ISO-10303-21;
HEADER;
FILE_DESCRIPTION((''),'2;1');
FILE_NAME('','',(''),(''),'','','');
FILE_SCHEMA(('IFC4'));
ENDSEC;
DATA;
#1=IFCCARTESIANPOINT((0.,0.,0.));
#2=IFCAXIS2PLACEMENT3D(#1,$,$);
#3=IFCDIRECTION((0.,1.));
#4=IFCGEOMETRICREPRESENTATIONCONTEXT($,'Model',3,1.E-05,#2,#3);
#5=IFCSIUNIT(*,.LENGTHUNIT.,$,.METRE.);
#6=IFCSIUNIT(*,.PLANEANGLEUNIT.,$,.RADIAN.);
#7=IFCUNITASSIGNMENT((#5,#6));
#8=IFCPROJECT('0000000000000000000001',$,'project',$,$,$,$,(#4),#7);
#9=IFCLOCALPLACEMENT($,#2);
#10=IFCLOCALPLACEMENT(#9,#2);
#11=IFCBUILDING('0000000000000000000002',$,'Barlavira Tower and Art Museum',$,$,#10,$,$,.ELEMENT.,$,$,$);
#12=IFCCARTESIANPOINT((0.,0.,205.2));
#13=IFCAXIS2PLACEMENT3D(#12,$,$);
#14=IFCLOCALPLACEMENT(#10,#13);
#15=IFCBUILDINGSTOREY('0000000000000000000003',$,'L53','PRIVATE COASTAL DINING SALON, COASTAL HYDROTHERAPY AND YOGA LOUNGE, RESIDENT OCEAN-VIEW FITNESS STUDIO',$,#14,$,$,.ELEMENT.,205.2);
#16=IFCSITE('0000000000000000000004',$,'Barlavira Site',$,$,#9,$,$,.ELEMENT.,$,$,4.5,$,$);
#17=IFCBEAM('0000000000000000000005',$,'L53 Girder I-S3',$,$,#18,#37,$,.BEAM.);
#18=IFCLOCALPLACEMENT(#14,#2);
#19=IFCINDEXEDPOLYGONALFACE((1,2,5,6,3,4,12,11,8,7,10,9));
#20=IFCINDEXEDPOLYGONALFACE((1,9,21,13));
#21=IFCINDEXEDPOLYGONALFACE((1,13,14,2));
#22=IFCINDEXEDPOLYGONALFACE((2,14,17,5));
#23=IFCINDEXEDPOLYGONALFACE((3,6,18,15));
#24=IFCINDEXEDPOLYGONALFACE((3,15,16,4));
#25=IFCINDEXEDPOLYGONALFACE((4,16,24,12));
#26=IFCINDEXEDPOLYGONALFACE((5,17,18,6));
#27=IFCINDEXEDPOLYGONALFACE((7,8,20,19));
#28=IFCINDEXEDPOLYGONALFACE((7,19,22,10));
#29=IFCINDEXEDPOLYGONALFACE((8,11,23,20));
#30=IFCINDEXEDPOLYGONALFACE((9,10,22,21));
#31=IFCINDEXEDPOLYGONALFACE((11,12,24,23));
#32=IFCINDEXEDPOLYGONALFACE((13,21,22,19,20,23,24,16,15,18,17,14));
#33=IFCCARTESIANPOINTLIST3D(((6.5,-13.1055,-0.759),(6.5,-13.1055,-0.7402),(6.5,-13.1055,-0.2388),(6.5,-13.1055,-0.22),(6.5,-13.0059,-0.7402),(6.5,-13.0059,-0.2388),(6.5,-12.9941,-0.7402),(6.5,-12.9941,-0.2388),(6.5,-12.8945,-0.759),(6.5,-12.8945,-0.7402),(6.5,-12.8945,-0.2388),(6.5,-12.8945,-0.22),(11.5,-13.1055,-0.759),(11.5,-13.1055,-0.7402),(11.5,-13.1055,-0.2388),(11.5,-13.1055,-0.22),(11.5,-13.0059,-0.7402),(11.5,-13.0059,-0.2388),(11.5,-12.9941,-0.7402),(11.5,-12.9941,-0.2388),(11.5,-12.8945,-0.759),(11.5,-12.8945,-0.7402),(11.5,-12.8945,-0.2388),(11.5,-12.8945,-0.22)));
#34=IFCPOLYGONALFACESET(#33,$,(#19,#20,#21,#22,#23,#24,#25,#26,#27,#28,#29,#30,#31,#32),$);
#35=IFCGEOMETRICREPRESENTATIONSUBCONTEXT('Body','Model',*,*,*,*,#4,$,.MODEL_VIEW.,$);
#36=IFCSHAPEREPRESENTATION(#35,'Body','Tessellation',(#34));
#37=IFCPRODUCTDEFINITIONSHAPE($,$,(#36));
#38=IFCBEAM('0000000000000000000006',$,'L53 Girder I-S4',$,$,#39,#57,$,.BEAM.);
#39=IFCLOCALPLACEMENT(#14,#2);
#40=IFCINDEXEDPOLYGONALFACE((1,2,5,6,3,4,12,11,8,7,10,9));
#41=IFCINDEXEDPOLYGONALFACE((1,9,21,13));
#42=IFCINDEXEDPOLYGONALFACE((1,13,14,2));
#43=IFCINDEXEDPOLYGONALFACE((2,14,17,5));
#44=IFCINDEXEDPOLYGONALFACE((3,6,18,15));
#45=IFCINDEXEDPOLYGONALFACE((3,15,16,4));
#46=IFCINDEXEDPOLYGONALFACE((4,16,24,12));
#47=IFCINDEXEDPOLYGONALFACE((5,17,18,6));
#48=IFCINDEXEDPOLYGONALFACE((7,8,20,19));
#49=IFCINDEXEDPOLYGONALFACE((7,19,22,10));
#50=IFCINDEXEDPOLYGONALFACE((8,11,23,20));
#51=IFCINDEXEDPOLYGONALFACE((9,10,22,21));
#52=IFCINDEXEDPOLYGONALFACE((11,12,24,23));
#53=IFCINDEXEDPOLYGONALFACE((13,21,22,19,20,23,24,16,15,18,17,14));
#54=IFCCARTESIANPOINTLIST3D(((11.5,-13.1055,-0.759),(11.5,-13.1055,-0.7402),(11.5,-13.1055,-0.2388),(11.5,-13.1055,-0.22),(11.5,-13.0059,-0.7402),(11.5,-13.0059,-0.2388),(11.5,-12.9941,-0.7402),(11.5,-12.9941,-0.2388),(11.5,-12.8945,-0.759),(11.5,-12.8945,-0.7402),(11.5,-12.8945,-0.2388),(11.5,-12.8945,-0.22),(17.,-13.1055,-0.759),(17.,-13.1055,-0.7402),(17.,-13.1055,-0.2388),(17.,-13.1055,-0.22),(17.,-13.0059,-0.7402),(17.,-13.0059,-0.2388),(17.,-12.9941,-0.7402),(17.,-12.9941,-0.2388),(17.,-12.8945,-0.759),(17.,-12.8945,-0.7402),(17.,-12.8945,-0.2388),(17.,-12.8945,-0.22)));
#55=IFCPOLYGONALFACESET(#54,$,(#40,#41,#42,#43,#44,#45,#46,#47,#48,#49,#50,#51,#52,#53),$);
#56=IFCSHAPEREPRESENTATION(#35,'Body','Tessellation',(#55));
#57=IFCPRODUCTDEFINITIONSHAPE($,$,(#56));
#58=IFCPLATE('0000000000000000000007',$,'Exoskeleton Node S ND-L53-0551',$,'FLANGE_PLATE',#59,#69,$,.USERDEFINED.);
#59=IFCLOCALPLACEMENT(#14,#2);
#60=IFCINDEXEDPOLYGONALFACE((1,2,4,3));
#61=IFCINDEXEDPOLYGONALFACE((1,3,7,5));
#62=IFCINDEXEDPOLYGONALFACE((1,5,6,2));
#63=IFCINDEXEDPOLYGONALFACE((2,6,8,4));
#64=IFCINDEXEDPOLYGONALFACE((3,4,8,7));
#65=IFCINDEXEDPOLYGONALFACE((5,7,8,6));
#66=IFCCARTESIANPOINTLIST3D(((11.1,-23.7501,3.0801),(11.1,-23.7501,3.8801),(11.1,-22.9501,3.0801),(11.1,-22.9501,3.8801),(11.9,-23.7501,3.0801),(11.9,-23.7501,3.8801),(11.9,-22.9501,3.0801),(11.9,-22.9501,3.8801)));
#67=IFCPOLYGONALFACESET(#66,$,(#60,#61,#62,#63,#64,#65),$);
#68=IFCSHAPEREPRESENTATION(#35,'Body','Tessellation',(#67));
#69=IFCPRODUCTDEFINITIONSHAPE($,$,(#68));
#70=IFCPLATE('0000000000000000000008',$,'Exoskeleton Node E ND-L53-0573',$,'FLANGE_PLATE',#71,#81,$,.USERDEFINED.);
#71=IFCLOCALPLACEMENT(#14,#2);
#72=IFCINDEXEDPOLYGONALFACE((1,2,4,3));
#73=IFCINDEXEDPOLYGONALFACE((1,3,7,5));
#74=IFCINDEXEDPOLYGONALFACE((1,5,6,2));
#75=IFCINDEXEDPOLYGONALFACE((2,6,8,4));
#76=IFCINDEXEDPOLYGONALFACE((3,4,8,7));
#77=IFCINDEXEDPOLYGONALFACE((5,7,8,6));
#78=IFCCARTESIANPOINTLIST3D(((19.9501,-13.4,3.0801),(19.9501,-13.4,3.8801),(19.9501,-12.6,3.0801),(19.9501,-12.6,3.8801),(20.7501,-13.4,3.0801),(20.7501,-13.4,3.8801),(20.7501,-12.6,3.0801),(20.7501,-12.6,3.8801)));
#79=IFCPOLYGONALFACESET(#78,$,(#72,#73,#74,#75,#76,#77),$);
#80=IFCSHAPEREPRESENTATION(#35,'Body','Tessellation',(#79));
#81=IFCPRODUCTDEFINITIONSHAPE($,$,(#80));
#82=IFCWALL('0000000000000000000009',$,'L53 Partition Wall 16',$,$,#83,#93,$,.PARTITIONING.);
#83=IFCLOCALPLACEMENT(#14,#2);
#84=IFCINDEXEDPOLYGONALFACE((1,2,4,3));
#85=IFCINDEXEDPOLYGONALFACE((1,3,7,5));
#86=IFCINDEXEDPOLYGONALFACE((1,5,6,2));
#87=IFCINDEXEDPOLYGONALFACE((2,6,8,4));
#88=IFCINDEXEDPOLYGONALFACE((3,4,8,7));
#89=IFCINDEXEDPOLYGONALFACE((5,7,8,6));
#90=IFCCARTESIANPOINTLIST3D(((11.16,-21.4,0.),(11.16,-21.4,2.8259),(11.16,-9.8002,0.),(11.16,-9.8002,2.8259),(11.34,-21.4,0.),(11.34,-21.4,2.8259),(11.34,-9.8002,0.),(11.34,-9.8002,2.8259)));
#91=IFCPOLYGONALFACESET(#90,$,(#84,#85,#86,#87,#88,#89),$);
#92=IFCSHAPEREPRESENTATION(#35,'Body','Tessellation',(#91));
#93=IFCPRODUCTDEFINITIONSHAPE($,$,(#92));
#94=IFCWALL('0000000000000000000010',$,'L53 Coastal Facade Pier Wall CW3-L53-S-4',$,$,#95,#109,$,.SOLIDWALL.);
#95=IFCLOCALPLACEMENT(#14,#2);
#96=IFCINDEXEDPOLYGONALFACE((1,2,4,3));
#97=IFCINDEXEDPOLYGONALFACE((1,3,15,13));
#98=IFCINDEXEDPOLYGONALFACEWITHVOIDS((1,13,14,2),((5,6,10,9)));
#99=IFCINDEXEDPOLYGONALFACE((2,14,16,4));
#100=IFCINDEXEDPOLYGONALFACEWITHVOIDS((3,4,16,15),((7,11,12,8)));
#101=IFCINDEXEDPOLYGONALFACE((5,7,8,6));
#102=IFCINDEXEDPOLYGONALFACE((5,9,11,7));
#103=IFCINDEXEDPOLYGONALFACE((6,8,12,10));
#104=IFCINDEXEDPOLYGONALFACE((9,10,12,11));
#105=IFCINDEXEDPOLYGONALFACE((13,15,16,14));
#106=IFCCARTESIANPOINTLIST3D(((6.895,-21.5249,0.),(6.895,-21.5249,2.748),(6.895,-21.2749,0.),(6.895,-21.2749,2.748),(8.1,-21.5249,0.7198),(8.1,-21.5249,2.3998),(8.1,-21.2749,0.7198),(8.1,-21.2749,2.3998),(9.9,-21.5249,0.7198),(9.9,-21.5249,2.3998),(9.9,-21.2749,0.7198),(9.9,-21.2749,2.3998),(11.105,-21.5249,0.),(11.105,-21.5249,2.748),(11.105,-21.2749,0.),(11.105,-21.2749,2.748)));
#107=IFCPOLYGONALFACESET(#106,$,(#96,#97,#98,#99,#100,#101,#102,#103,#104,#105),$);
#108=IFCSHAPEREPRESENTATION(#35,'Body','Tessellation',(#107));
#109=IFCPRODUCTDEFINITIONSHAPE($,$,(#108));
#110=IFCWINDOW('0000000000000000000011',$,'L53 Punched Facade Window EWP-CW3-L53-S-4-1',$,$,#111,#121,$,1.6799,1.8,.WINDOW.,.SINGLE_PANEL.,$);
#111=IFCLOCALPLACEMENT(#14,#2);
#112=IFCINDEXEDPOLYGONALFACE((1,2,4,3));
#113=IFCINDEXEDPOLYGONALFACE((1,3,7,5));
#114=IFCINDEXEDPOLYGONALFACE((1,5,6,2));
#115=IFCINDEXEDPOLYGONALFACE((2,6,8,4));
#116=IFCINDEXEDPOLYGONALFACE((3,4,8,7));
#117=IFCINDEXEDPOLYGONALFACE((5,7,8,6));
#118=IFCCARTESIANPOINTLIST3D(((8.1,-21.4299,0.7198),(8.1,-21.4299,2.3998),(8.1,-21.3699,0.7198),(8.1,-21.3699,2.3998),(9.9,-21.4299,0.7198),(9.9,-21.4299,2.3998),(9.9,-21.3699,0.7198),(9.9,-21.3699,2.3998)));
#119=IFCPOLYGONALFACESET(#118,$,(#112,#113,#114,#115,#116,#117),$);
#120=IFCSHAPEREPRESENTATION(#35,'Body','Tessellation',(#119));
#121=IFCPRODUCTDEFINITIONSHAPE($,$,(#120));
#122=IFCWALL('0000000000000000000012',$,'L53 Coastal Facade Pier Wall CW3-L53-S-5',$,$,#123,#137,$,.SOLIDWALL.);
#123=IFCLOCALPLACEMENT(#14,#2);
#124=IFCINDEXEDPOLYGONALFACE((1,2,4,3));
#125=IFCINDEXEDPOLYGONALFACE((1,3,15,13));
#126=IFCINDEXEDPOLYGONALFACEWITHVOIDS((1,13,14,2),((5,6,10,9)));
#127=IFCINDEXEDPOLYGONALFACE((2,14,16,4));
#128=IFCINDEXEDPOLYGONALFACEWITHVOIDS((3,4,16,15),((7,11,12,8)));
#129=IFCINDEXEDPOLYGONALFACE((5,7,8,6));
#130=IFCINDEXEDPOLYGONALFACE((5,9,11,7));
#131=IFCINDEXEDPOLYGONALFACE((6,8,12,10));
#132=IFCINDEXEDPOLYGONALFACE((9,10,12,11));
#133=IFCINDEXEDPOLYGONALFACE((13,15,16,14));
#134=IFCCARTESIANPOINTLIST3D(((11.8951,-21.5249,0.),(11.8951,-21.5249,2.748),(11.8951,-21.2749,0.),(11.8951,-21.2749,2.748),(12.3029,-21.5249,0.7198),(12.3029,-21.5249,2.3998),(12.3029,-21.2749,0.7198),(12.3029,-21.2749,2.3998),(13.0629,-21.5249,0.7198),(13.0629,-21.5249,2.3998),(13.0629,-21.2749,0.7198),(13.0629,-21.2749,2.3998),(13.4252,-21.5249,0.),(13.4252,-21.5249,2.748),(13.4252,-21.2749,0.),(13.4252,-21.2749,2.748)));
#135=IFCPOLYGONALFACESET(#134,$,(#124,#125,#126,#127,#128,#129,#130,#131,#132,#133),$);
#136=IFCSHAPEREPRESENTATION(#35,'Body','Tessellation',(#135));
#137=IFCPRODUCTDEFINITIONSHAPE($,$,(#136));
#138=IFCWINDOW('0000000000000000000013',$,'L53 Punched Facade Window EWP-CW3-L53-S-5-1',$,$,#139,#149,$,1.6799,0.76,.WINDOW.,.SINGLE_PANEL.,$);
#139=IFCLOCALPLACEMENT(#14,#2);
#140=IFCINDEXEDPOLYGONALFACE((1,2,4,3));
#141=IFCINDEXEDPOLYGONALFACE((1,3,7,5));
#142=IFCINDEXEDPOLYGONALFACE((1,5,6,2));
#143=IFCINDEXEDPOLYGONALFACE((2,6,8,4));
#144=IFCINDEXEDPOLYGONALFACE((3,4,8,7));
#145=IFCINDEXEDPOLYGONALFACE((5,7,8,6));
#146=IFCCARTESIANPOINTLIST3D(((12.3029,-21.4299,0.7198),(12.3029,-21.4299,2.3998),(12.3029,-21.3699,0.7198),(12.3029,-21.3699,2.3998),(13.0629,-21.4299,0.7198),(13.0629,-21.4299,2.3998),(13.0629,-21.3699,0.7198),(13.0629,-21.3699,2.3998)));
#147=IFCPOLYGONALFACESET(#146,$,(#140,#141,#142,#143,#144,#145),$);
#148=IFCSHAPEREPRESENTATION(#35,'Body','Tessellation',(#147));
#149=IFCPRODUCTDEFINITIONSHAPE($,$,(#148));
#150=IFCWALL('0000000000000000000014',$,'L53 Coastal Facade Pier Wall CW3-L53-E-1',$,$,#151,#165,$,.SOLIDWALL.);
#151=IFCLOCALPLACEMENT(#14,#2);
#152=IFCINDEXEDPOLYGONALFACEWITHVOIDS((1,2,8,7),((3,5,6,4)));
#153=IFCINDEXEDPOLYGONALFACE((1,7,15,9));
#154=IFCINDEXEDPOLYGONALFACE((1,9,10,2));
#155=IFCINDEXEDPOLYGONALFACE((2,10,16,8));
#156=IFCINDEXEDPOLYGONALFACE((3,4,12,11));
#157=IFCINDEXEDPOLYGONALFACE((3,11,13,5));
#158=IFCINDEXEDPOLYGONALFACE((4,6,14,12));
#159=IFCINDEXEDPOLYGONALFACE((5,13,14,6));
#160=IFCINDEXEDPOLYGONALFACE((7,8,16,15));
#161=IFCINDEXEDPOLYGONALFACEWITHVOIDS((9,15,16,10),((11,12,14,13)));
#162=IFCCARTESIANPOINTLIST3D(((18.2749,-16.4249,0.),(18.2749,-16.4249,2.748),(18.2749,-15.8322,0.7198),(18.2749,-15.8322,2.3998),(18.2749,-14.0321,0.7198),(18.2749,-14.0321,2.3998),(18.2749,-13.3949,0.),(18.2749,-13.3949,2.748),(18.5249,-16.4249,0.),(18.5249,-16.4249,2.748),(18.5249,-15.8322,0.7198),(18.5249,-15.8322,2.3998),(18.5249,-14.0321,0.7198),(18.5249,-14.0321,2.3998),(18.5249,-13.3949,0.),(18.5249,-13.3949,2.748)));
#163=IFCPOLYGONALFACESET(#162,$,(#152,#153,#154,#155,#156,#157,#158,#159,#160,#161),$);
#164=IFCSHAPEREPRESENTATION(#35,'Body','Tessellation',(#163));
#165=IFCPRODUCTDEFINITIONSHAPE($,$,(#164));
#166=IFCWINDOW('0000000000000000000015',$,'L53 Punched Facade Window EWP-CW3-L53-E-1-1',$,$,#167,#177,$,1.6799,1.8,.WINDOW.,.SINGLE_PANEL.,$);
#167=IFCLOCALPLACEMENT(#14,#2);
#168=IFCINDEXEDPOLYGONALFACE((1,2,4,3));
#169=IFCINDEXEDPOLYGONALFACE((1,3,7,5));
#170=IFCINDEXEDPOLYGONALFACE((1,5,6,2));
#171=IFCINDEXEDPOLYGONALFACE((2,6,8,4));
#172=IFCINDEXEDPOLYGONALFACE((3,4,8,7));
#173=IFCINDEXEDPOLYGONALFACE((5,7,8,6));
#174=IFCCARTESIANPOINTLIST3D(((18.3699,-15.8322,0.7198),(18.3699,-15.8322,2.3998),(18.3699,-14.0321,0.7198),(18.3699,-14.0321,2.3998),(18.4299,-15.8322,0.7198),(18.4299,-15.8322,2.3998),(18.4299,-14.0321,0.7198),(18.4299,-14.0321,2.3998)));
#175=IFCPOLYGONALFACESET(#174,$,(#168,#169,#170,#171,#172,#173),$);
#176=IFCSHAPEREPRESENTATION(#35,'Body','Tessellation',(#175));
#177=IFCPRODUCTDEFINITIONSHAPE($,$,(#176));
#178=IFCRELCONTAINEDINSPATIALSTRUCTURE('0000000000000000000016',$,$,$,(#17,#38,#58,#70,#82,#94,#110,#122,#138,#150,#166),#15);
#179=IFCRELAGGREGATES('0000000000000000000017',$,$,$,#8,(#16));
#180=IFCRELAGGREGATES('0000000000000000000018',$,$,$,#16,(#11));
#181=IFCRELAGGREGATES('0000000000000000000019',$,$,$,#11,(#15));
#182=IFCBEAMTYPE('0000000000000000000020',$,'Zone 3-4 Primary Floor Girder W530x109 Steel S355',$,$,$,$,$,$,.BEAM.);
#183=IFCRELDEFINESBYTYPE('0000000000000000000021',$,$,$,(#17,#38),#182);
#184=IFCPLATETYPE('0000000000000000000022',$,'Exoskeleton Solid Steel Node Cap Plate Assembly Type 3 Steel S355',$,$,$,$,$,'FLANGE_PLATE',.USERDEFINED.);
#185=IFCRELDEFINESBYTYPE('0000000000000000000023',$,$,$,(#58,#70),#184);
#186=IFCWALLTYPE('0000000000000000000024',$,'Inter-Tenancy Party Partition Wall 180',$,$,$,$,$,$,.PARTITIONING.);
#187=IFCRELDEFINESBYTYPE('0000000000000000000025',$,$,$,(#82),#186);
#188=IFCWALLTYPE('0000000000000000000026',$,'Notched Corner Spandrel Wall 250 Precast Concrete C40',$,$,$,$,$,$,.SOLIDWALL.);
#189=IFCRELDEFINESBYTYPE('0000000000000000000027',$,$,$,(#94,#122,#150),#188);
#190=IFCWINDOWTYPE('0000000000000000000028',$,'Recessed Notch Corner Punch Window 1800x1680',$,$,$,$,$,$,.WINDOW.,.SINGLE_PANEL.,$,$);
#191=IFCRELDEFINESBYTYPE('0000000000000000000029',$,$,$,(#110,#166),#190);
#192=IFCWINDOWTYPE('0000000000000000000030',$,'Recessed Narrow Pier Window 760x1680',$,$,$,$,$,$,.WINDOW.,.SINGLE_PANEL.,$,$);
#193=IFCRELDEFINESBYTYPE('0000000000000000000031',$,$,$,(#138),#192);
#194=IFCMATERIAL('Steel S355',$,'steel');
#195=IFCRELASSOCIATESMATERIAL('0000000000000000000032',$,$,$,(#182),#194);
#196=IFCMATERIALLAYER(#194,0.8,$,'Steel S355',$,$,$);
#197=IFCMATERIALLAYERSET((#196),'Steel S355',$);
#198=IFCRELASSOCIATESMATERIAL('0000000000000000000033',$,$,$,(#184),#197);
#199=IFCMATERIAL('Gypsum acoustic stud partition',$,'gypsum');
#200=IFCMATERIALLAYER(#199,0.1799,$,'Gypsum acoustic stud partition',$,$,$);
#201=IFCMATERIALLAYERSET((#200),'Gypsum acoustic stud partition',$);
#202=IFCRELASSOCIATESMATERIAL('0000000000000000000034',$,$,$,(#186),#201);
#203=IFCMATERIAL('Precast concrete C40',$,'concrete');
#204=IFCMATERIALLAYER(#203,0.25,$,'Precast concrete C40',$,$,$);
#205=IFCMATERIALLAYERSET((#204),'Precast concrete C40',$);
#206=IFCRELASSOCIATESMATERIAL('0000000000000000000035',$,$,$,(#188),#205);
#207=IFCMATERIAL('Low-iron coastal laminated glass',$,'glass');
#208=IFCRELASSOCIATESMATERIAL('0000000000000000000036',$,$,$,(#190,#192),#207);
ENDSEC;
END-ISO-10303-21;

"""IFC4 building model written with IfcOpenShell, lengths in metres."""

from ifc_helpers import new_model, si_unit, direction, frame, frame_2d, origin, origin_2d, place, context, subcontext, project, spatial, rectangle, i_section, extrude, material, layer, layer_set, material_profile, profile_set, type_object, element, fill, save


model = new_model("IFC4")

# Units and contexts
model_context = context("Model", 3, precision=1e-05, world=origin(), true_north=direction((0.0, 1.0)))
body_context = subcontext(model_context, "Body", "Model", "MODEL_VIEW")
ifc_project = project(units=[si_unit("LENGTHUNIT", "METRE"), si_unit("PLANEANGLEUNIT", "RADIAN")], contexts=[model_context])

# Site, building, storey
site_placement = place(None, origin())
site = spatial("IfcSite", under=ifc_project, at=site_placement, Name="Barlavira Site", CompositionType="ELEMENT", RefElevation=4.5)
building_placement = place(site_placement, origin())
building = spatial("IfcBuilding", under=site, at=building_placement, Name="Barlavira Tower and Art Museum", CompositionType="ELEMENT")
storey_placement = place(building_placement, frame((0.0, 0.0, 205.2)))
storey = spatial("IfcBuildingStorey", under=building, at=storey_placement, Name="L53", Description="PRIVATE COASTAL DINING SALON, COASTAL HYDROTHERAPY AND YOGA LOUNGE, RESIDENT OCEAN-VIEW FITNESS STUDIO", CompositionType="ELEMENT", Elevation=205.2)

# Beams
ifc_material_1 = material(Name="Steel S355", Category="steel")
ifc_material_profile_1 = material_profile(ifc_material_1, i_section(OverallWidth=0.2109, OverallDepth=0.5391, WebThickness=0.0117, FlangeThickness=0.0188, at=origin_2d()), Name="W530x109.0")
ifc_profile_set_1 = profile_set([ifc_material_profile_1], Name="Steel S355")
beam_type_1 = type_object("IfcBeamType", Name="Zone 3-4 Primary Floor Girder W530x109 Steel S355", PredefinedType="BEAM", material=ifc_profile_set_1)
beam_1_placement = place(storey_placement, frame((6.5, -13.0, -0.4895), z_axis=(1.0, 0.0, 0.0), x_axis=(0.0, 1.0, 0.0)))
element("IfcBeam", 1, at=beam_1_placement, inside=storey, type_object=beam_type_1, Name="L53 Girder I-S3", PredefinedType="BEAM", context=body_context, shape_type="SweptSolid", body=[
    extrude(i_section(OverallWidth=0.2109, OverallDepth=0.5391, WebThickness=0.0117, FlangeThickness=0.0188, at=origin_2d()), origin(), (0.0, 0.0, 1.0), 5.0),
])
beam_2_placement = place(storey_placement, frame((11.5, -13.0, -0.4895), z_axis=(1.0, 0.0, 0.0), x_axis=(0.0, 1.0, 0.0)))
element("IfcBeam", 2, at=beam_2_placement, inside=storey, type_object=beam_type_1, Name="L53 Girder I-S4", PredefinedType="BEAM", context=body_context, shape_type="SweptSolid", body=[
    extrude(i_section(OverallWidth=0.2109, OverallDepth=0.5391, WebThickness=0.0117, FlangeThickness=0.0188, at=origin_2d()), origin(), (0.0, 0.0, 1.0), 5.5),
])

# Plates
ifc_layer_1 = layer(ifc_material_1, 0.8, Name="Steel S355")
ifc_layer_set_1 = layer_set([ifc_layer_1], Name="Steel S355")
plate_type = type_object("IfcPlateType", Name="Exoskeleton Solid Steel Node Cap Plate Assembly Type 3 Steel S355", ElementType="FLANGE_PLATE", PredefinedType="USERDEFINED", material=ifc_layer_set_1)
for number, where, z_axis, x_axis, name in (
    (3, (11.5, -23.3501, 3.0801), (0.0, 0.0, 1.0), (1.0, 0.0, 0.0), "Exoskeleton Node S ND-L53-0551"),
    (4, (20.3501, -13.0, 3.0801), (0.0, 0.0, 1.0), (1.0, 0.0, 0.0), "Exoskeleton Node E ND-L53-0573"),
):
    element("IfcPlate", number, at=place(storey_placement, frame(where, z_axis=z_axis, x_axis=x_axis)), inside=storey, type_object=plate_type, Name=name, ObjectType="FLANGE_PLATE", PredefinedType="USERDEFINED", context=body_context, shape_type="SweptSolid", body=[
        extrude(rectangle(XDim=0.8, YDim=0.8, at=origin_2d()), origin(), (0.0, 0.0, 1.0), 0.8),
    ])

# Wall
ifc_material_2 = material(Name="Gypsum acoustic stud partition", Category="gypsum")
ifc_layer_2 = layer(ifc_material_2, 0.1799, Name="Gypsum acoustic stud partition")
ifc_layer_set_2 = layer_set([ifc_layer_2], Name="Gypsum acoustic stud partition")
wall_type_1 = type_object("IfcWallType", Name="Inter-Tenancy Party Partition Wall 180", PredefinedType="PARTITIONING", material=ifc_layer_set_2)
wall_1_placement = place(storey_placement, frame((11.25, -21.3999, 0.0), z_axis=(0.0, 0.0, 1.0), x_axis=(0.0, 1.0, 0.0)))
element("IfcWall", 5, at=wall_1_placement, inside=storey, type_object=wall_type_1, Name="L53 Partition Wall 16", PredefinedType="PARTITIONING", context=body_context, shape_type="SweptSolid", body=[
    extrude(rectangle(XDim=11.5999, YDim=0.1799, at=frame_2d((5.7998, 0.0))), origin(), (0.0, 0.0, 1.0), 2.8259),
])

# Walls, openings, windows
ifc_material_3 = material(Name="Precast concrete C40", Category="concrete")
ifc_layer_3 = layer(ifc_material_3, 0.25, Name="Precast concrete C40")
ifc_layer_set_3 = layer_set([ifc_layer_3], Name="Precast concrete C40")
wall_type_2 = type_object("IfcWallType", Name="Notched Corner Spandrel Wall 250 Precast Concrete C40", PredefinedType="SOLIDWALL", material=ifc_layer_set_3)
wall_2_placement = place(storey_placement, frame((6.895, -21.3999, 0.0), z_axis=(0.0, 0.0, 1.0), x_axis=(1.0, 0.0, 0.0)))
wall_2 = element("IfcWall", 6, at=wall_2_placement, inside=storey, type_object=wall_type_2, Name="L53 Coastal Facade Pier Wall CW3-L53-S-4", PredefinedType="SOLIDWALL", context=body_context, shape_type="SweptSolid", body=[
    extrude(rectangle(XDim=4.21, YDim=0.25, at=frame_2d((2.105, 0.0))), origin(), (0.0, 0.0, 1.0), 2.748),
])
opening_1_placement = place(wall_2_placement, frame((1.2051, 0.0, 0.72)))
opening_1 = element("IfcOpeningElement", 7, at=opening_1_placement, cuts=wall_2, PredefinedType="OPENING", context=body_context, shape_type="SweptSolid", body=[
    extrude(rectangle(XDim=1.8, YDim=1.6799, at=frame_2d((0.8999, 0.8398))), frame((0.0, 0.135, 0.0), z_axis=(0.0, -1.0, 0.0), x_axis=(1.0, 0.0, 0.0)), (0.0, 0.0, 1.0), 0.27),
])
ifc_material_4 = material(Name="Low-iron coastal laminated glass", Category="glass")
window_type_1 = type_object("IfcWindowType", Name="Recessed Notch Corner Punch Window 1800x1680", PartitioningType="SINGLE_PANEL", PredefinedType="WINDOW", material=ifc_material_4)
window_1_placement = place(opening_1_placement, origin())
window_1 = element("IfcWindow", 8, at=window_1_placement, inside=storey, type_object=window_type_1, Name="L53 Punched Facade Window EWP-CW3-L53-S-4-1", OverallHeight=1.6799, OverallWidth=1.8, PartitioningType="SINGLE_PANEL", PredefinedType="WINDOW", context=body_context, shape_type="SweptSolid", body=[
    extrude(rectangle(XDim=1.8, YDim=1.6799, at=frame_2d((0.8999, 0.8398))), frame((0.0, 0.03, 0.0), z_axis=(0.0, -1.0, 0.0), x_axis=(1.0, 0.0, 0.0)), (0.0, 0.0, 1.0), 0.0601),
])
fill(opening_1, window_1)
wall_3_placement = place(storey_placement, frame((11.895, -21.3999, 0.0), z_axis=(0.0, 0.0, 1.0), x_axis=(1.0, 0.0, 0.0)))
wall_3 = element("IfcWall", 9, at=wall_3_placement, inside=storey, type_object=wall_type_2, Name="L53 Coastal Facade Pier Wall CW3-L53-S-5", PredefinedType="SOLIDWALL", context=body_context, shape_type="SweptSolid", body=[
    extrude(rectangle(XDim=1.53, YDim=0.25, at=frame_2d((0.7651, 0.0))), origin(), (0.0, 0.0, 1.0), 2.748),
])
opening_2_placement = place(wall_3_placement, frame((0.408, 0.0, 0.72)))
opening_2 = element("IfcOpeningElement", 10, at=opening_2_placement, cuts=wall_3, PredefinedType="OPENING", context=body_context, shape_type="SweptSolid", body=[
    extrude(rectangle(XDim=0.76, YDim=1.6799, at=frame_2d((0.3799, 0.8398))), frame((0.0, 0.135, 0.0), z_axis=(0.0, -1.0, 0.0), x_axis=(1.0, 0.0, 0.0)), (0.0, 0.0, 1.0), 0.27),
])
window_type_2 = type_object("IfcWindowType", Name="Recessed Narrow Pier Window 760x1680", PartitioningType="SINGLE_PANEL", PredefinedType="WINDOW", material=ifc_material_4)
window_2_placement = place(opening_2_placement, origin())
window_2 = element("IfcWindow", 11, at=window_2_placement, inside=storey, type_object=window_type_2, Name="L53 Punched Facade Window EWP-CW3-L53-S-5-1", OverallHeight=1.6799, OverallWidth=0.76, PartitioningType="SINGLE_PANEL", PredefinedType="WINDOW", context=body_context, shape_type="SweptSolid", body=[
    extrude(rectangle(XDim=0.76, YDim=1.6799, at=frame_2d((0.3799, 0.8398))), frame((0.0, 0.03, 0.0), z_axis=(0.0, -1.0, 0.0), x_axis=(1.0, 0.0, 0.0)), (0.0, 0.0, 1.0), 0.0601),
])
fill(opening_2, window_2)
wall_4_placement = place(storey_placement, frame((18.3999, -16.425, 0.0), z_axis=(0.0, 0.0, 1.0), x_axis=(0.0, 1.0, 0.0)))
wall_4 = element("IfcWall", 12, at=wall_4_placement, inside=storey, type_object=wall_type_2, Name="L53 Coastal Facade Pier Wall CW3-L53-E-1", PredefinedType="SOLIDWALL", context=body_context, shape_type="SweptSolid", body=[
    extrude(rectangle(XDim=3.03, YDim=0.25, at=frame_2d((1.5151, 0.0))), origin(), (0.0, 0.0, 1.0), 2.748),
])
opening_3_placement = place(wall_4_placement, frame((0.593, 0.0, 0.72)))
opening_3 = element("IfcOpeningElement", 13, at=opening_3_placement, cuts=wall_4, PredefinedType="OPENING", context=body_context, shape_type="SweptSolid", body=[
    extrude(rectangle(XDim=1.8, YDim=1.6799, at=frame_2d((0.8999, 0.8398))), frame((0.0, 0.135, 0.0), z_axis=(0.0, -1.0, 0.0), x_axis=(1.0, 0.0, 0.0)), (0.0, 0.0, 1.0), 0.27),
])
window_3_placement = place(opening_3_placement, origin())
window_3 = element("IfcWindow", 14, at=window_3_placement, inside=storey, type_object=window_type_1, Name="L53 Punched Facade Window EWP-CW3-L53-E-1-1", OverallHeight=1.6799, OverallWidth=1.8, PartitioningType="SINGLE_PANEL", PredefinedType="WINDOW", context=body_context, shape_type="SweptSolid", body=[
    extrude(rectangle(XDim=1.8, YDim=1.6799, at=frame_2d((0.8999, 0.8398))), frame((0.0, 0.03, 0.0), z_axis=(0.0, -1.0, 0.0), x_axis=(1.0, 0.0, 0.0)), (0.0, 0.0, 1.0), 0.0601),
])
fill(opening_3, window_3)

save(model, "model.ifc")
